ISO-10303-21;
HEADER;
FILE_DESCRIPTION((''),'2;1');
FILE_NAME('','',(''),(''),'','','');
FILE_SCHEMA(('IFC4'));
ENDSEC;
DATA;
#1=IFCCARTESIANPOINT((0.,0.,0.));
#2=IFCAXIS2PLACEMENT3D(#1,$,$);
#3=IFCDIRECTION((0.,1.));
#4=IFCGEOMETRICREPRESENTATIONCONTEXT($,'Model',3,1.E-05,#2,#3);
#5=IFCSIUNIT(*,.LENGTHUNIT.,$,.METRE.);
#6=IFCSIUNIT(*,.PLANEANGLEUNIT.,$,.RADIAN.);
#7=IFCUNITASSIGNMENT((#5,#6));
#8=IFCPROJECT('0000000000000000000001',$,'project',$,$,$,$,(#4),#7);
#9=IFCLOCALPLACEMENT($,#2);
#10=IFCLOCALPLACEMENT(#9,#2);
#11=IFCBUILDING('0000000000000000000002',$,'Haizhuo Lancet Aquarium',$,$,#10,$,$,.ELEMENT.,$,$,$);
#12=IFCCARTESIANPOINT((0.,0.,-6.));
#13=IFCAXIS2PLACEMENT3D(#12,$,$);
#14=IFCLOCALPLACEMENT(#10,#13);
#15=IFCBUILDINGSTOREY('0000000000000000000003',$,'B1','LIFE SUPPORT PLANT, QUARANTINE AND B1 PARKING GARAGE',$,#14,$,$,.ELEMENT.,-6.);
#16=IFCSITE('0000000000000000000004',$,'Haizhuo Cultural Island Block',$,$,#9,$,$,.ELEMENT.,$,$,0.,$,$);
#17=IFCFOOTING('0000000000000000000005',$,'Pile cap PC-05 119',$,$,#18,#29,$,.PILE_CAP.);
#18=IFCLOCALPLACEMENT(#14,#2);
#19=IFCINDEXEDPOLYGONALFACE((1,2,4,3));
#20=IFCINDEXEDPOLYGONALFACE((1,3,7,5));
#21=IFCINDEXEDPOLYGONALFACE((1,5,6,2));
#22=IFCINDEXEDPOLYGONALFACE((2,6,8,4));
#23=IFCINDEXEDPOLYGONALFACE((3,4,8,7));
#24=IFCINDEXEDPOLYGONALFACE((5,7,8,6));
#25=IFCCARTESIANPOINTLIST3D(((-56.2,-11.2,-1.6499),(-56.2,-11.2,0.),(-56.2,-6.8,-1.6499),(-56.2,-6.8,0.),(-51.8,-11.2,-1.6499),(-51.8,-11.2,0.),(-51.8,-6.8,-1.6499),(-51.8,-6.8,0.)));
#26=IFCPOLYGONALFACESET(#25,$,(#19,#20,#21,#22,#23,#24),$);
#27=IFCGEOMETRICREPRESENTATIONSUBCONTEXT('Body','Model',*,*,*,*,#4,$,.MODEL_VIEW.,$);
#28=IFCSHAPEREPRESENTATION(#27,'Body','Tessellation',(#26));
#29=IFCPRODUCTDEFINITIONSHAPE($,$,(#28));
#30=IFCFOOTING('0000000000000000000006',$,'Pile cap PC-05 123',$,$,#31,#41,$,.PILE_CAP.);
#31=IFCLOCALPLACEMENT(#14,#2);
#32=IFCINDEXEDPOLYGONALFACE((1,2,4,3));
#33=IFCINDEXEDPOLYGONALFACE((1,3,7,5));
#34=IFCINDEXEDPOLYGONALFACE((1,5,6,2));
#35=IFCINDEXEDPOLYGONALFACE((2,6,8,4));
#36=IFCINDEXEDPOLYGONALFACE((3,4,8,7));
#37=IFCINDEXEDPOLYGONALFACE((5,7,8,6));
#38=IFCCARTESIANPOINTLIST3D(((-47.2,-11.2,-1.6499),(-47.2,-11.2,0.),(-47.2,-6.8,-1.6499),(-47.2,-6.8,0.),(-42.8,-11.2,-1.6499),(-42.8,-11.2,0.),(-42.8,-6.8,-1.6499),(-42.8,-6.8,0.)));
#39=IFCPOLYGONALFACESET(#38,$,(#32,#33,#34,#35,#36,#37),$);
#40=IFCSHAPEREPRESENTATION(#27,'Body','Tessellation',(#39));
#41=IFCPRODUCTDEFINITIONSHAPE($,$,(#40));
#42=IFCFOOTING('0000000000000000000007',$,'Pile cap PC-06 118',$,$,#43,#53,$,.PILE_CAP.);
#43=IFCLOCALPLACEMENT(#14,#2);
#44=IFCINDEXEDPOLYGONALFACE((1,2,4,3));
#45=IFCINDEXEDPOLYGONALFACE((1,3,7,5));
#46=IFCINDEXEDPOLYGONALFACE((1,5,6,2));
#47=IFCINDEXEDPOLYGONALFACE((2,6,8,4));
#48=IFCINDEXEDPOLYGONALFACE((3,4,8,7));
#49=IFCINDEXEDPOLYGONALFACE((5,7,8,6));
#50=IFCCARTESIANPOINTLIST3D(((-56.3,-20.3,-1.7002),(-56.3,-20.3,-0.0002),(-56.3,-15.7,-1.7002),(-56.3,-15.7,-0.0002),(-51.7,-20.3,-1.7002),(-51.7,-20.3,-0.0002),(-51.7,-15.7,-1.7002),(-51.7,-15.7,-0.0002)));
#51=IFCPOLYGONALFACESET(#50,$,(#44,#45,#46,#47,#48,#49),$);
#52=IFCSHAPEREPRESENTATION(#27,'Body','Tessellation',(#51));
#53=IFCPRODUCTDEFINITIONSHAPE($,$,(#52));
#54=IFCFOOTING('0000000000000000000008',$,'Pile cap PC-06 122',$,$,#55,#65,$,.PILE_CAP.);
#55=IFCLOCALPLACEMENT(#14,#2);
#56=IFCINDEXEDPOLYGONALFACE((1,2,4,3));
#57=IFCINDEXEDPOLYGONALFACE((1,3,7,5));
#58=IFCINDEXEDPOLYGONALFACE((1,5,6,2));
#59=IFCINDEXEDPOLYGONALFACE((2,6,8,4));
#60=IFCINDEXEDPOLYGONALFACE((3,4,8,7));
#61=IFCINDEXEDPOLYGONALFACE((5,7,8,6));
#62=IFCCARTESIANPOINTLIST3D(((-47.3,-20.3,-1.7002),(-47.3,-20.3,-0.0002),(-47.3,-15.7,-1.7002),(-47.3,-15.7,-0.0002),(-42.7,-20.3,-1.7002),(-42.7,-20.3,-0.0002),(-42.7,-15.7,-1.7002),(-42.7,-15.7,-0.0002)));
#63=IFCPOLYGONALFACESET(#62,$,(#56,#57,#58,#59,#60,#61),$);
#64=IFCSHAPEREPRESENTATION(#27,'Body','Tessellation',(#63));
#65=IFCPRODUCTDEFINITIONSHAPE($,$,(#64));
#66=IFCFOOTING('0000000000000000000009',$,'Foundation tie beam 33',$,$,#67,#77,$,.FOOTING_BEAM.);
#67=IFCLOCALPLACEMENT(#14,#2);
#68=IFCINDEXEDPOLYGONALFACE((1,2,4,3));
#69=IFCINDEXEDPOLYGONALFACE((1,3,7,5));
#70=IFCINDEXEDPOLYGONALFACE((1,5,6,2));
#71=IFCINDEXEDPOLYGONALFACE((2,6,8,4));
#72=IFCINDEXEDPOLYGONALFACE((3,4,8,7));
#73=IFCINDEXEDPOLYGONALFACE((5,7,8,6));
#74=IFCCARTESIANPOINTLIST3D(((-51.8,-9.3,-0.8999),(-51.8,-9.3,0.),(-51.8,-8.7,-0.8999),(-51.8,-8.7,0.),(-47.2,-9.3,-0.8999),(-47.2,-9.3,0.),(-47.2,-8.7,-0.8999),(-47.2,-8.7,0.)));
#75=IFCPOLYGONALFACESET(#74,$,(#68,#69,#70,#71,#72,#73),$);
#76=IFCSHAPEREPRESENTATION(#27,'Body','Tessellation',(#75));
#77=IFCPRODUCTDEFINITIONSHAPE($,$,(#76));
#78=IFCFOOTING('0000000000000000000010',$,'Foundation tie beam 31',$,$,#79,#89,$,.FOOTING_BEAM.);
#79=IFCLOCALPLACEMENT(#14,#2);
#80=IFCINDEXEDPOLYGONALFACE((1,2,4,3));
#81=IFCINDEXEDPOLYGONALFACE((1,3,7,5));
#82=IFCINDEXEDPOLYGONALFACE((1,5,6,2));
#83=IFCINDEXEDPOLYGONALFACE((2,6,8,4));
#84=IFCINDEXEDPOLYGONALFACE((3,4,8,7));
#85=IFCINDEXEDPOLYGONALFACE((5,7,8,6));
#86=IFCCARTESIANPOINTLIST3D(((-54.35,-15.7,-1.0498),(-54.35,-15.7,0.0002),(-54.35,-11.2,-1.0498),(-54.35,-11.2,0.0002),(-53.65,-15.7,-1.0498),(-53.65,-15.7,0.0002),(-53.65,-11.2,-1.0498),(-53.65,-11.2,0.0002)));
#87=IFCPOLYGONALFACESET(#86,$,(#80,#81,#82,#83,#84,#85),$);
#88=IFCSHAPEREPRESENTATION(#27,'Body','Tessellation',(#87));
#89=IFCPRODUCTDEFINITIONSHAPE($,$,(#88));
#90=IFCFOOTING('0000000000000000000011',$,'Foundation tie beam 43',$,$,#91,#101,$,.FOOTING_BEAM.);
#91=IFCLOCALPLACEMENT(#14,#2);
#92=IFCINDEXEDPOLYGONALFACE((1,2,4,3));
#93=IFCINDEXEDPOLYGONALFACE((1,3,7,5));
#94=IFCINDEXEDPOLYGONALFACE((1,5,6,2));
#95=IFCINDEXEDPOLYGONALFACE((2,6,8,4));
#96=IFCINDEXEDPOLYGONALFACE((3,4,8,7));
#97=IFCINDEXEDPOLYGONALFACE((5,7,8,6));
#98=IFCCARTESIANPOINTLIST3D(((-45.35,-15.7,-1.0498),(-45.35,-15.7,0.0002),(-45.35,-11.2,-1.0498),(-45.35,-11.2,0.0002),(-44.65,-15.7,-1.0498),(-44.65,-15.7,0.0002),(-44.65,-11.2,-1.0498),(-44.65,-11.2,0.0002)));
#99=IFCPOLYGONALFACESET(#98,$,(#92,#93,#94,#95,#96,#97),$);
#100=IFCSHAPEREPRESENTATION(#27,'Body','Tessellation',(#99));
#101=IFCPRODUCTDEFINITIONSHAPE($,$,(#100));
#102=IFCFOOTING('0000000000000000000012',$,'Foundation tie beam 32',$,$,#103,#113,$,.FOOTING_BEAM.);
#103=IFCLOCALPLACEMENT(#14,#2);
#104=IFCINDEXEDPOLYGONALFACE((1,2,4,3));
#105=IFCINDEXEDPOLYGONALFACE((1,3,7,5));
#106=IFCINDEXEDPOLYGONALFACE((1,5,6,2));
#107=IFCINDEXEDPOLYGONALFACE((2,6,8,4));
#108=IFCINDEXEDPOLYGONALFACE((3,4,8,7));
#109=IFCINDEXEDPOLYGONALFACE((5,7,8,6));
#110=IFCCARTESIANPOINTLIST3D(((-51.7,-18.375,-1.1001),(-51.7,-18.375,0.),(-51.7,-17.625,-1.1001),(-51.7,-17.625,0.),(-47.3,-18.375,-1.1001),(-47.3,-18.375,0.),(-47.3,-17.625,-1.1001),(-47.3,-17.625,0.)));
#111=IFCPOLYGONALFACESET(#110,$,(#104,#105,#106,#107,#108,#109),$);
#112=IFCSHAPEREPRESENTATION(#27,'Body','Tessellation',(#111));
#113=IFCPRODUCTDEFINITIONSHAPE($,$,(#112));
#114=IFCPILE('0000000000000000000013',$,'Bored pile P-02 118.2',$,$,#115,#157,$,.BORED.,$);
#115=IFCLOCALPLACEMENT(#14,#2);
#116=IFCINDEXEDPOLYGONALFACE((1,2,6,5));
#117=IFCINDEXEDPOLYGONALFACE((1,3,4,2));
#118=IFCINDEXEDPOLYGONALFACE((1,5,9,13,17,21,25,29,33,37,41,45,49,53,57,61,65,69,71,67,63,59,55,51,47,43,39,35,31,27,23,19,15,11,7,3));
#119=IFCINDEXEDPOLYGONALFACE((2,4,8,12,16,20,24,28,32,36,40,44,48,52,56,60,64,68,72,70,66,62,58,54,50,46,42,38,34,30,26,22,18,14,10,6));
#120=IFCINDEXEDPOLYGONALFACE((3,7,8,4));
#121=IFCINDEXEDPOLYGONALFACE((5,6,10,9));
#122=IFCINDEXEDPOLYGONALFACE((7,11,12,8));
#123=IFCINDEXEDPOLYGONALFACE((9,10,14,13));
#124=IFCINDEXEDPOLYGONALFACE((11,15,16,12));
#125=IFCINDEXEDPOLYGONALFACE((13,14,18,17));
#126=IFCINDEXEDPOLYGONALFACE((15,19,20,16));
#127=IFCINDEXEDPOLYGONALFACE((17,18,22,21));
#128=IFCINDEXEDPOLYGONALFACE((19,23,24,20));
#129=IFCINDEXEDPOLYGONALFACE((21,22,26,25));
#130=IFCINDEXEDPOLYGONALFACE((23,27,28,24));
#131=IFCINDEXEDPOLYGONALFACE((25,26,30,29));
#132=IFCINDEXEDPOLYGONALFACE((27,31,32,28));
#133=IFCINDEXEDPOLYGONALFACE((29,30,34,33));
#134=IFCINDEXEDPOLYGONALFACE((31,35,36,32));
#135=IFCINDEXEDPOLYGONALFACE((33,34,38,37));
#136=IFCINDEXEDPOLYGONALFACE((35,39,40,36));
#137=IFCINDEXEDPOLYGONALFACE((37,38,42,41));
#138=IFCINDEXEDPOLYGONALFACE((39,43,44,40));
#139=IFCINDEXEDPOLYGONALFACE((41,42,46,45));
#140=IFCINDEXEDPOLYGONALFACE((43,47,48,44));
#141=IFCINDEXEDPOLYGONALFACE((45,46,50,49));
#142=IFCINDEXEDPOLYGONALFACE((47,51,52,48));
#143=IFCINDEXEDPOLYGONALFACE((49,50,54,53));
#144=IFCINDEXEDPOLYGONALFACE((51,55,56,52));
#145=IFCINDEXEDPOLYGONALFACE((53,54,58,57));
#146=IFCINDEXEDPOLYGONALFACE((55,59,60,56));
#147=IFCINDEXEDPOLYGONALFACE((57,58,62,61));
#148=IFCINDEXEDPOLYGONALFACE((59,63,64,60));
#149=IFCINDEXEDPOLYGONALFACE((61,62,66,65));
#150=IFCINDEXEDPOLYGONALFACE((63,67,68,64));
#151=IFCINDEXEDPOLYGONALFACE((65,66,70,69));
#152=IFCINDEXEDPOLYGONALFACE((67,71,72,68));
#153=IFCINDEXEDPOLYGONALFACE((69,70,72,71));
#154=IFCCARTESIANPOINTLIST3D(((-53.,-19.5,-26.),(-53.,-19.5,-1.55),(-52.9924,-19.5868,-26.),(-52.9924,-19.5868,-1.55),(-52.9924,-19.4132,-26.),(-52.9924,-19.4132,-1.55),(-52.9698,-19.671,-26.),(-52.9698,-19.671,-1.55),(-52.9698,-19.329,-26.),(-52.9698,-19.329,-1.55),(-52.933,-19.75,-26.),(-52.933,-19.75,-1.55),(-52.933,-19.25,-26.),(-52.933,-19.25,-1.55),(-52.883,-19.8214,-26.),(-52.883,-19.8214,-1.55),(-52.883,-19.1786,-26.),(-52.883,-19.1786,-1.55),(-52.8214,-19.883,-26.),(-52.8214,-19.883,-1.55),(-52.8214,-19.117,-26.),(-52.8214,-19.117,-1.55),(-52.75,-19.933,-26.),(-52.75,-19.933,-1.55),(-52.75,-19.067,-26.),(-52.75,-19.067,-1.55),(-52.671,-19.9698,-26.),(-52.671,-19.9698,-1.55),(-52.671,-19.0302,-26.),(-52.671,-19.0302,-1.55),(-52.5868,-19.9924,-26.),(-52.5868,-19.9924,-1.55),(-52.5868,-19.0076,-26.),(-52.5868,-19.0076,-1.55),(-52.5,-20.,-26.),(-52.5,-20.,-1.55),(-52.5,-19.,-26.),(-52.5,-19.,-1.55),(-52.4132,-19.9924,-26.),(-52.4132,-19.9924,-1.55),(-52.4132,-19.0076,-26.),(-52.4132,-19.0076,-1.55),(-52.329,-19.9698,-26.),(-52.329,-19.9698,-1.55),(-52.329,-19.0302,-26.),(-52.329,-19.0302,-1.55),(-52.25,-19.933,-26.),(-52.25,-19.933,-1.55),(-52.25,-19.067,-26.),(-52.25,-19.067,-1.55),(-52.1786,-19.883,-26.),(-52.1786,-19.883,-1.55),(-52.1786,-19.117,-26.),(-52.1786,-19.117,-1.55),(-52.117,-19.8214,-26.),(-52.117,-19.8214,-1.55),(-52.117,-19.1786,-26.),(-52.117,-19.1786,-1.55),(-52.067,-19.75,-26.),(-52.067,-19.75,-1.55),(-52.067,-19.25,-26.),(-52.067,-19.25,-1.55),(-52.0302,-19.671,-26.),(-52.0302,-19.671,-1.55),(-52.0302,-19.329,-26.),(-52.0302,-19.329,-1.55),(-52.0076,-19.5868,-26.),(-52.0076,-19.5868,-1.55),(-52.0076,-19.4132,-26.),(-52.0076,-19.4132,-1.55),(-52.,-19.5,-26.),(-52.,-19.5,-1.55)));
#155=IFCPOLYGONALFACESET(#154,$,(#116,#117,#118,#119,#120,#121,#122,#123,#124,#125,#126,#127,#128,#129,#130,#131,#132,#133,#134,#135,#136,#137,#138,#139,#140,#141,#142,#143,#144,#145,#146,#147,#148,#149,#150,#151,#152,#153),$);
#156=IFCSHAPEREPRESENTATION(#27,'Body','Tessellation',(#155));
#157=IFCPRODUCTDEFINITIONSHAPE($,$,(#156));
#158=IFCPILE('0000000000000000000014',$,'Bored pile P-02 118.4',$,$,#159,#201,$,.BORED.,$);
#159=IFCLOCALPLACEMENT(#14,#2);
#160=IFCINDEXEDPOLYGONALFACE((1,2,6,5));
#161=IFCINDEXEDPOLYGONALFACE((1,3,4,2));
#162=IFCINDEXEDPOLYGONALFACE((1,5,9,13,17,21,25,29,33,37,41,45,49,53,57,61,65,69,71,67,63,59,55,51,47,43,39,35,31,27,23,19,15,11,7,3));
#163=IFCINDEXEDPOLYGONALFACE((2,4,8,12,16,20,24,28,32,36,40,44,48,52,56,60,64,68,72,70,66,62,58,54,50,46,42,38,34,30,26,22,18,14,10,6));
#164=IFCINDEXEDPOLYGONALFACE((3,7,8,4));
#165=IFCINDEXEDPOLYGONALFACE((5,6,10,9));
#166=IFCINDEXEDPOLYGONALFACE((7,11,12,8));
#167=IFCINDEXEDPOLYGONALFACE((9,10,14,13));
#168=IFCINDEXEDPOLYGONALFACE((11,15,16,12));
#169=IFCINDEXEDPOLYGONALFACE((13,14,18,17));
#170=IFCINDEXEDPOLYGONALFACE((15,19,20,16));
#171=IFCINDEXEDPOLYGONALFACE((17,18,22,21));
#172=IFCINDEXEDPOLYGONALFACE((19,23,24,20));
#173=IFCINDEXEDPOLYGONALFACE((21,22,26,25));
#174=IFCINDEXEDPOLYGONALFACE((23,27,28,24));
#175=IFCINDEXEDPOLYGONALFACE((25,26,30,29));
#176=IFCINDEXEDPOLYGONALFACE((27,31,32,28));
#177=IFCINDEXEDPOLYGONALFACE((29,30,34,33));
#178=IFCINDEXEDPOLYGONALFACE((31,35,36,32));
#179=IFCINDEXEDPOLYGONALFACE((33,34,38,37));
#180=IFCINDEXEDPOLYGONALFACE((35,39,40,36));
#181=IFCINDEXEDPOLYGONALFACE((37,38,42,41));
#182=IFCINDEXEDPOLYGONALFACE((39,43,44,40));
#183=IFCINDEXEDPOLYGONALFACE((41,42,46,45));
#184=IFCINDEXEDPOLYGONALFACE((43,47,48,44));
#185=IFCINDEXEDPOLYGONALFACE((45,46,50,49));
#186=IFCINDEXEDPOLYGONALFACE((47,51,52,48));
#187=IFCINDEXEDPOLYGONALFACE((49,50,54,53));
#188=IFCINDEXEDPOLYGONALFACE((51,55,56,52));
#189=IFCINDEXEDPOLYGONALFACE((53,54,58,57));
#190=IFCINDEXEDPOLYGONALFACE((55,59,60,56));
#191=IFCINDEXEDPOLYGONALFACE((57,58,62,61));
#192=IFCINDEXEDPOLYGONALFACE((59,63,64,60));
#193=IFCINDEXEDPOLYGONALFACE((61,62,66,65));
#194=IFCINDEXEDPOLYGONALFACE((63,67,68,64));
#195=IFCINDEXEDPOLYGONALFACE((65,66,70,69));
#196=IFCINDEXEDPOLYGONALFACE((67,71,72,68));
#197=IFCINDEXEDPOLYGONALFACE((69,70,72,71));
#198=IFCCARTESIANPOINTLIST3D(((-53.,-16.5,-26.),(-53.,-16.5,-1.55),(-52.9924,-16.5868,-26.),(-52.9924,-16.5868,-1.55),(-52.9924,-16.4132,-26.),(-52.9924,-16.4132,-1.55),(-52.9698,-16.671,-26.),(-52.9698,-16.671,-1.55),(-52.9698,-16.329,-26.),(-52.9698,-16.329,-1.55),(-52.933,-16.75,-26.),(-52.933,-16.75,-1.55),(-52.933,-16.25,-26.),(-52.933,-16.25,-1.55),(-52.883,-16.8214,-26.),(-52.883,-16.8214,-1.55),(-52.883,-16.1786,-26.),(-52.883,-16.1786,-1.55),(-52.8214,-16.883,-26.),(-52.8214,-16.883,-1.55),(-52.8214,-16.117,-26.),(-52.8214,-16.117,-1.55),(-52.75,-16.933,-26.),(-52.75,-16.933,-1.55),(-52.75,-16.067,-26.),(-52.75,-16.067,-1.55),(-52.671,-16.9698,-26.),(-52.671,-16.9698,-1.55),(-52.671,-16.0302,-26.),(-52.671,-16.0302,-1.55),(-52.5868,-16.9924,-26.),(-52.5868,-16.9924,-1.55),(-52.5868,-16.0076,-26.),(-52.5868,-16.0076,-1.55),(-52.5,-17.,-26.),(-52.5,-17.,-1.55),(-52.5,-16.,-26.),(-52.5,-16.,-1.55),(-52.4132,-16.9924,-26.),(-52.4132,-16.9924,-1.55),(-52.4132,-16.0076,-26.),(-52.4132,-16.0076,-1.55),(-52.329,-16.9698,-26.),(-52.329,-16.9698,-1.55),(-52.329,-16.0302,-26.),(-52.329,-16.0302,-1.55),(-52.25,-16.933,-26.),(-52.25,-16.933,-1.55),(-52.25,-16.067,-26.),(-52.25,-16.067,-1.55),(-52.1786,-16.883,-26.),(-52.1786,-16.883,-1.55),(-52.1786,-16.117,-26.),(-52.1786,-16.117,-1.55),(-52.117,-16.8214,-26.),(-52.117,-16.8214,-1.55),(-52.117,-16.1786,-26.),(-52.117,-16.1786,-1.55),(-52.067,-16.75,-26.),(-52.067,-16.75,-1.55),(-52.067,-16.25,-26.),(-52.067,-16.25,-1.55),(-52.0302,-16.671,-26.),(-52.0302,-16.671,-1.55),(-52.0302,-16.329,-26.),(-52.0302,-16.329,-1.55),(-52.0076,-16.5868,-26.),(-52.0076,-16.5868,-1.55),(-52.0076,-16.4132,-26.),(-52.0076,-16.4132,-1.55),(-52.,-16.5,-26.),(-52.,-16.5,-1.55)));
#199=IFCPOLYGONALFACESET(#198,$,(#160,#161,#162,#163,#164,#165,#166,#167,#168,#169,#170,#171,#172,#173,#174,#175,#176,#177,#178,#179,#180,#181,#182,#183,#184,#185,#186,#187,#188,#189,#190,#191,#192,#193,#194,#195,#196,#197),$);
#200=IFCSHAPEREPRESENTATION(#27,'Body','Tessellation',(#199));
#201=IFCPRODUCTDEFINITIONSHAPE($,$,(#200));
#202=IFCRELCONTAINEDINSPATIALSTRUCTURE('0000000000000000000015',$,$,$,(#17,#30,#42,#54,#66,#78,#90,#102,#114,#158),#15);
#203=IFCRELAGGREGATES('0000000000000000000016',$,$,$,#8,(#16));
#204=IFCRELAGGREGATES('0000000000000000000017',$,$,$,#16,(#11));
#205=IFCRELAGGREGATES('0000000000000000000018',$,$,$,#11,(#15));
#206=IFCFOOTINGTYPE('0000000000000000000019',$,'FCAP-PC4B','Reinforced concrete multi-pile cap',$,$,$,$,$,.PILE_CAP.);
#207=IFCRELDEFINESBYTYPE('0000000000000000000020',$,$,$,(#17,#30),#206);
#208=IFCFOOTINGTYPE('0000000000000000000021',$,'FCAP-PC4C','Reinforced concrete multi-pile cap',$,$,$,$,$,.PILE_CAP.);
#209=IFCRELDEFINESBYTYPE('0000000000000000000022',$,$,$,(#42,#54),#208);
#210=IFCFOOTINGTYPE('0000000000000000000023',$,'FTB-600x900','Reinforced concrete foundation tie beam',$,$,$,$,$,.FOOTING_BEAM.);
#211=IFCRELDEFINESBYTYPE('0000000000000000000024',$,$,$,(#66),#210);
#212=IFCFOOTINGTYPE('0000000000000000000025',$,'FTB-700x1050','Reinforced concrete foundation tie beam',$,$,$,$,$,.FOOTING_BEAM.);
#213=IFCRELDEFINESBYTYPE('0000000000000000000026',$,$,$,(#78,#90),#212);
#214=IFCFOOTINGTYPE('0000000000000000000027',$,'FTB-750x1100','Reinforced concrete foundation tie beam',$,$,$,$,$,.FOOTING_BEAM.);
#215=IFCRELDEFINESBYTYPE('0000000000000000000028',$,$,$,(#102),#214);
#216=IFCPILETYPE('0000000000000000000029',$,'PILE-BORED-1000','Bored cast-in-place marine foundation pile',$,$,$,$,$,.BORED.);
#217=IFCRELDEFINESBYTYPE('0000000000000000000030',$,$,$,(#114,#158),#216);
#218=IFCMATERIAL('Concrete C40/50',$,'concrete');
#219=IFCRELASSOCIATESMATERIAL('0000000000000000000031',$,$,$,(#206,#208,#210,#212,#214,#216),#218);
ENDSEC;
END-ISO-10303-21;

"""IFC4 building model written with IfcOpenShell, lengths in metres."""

from ifc_helpers import new_model, si_unit, direction, frame, origin, origin_2d, place, context, subcontext, project, spatial, rectangle, circle, extrude, material, material_profile, profile_set, type_object, element, save


model = new_model("IFC4")

# Units and contexts
model_context = context("Model", 3, precision=1e-05, world=origin(), true_north=direction((0.0, 1.0)))
body_context = subcontext(model_context, "Body", "Model", "MODEL_VIEW")
ifc_project = project(units=[si_unit("LENGTHUNIT", "METRE"), si_unit("PLANEANGLEUNIT", "RADIAN")], contexts=[model_context])

# Site, building, storey
site_placement = place(None, origin())
site = spatial("IfcSite", under=ifc_project, at=site_placement, Name="Haizhuo Cultural Island Block", CompositionType="ELEMENT", RefElevation=0.0)
building_placement = place(site_placement, origin())
building = spatial("IfcBuilding", under=site, at=building_placement, Name="Haizhuo Lancet Aquarium", CompositionType="ELEMENT")
storey_placement = place(building_placement, frame((0.0, 0.0, -6.0)))
storey = spatial("IfcBuildingStorey", under=building, at=storey_placement, Name="B1", Description="LIFE SUPPORT PLANT, QUARANTINE AND B1 PARKING GARAGE", CompositionType="ELEMENT", Elevation=-6.0)

# Footings
ifc_material_1 = material(Name="Concrete C40/50", Category="concrete")
footing_type_1 = type_object("IfcFootingType", Name="FCAP-PC4B", Description="Reinforced concrete multi-pile cap", PredefinedType="PILE_CAP", material=ifc_material_1)
for number, where, z_axis, x_axis, name in (
    (1, (-54.0, -9.0, -1.6499), (0.0, 0.0, 1.0), (1.0, 0.0, 0.0), "Pile cap PC-05 119"),
    (2, (-45.0, -9.0, -1.6499), (0.0, 0.0, 1.0), (1.0, 0.0, 0.0), "Pile cap PC-05 123"),
):
    element("IfcFooting", number, at=place(storey_placement, frame(where, z_axis=z_axis, x_axis=x_axis)), inside=storey, type_object=footing_type_1, Name=name, PredefinedType="PILE_CAP", context=body_context, shape_type="SweptSolid", body=[
        extrude(rectangle(XDim=4.3999, YDim=4.3999, at=origin_2d()), origin(), (0.0, 0.0, 1.0), 1.6499),
    ])
footing_type_2 = type_object("IfcFootingType", Name="FCAP-PC4C", Description="Reinforced concrete multi-pile cap", PredefinedType="PILE_CAP", material=ifc_material_1)
for number, where, z_axis, x_axis, name in (
    (3, (-54.0, -18.0, -1.7002), (0.0, 0.0, 1.0), (1.0, 0.0, 0.0), "Pile cap PC-06 118"),
    (4, (-45.0, -18.0, -1.7002), (0.0, 0.0, 1.0), (1.0, 0.0, 0.0), "Pile cap PC-06 122"),
):
    element("IfcFooting", number, at=place(storey_placement, frame(where, z_axis=z_axis, x_axis=x_axis)), inside=storey, type_object=footing_type_2, Name=name, PredefinedType="PILE_CAP", context=body_context, shape_type="SweptSolid", body=[
        extrude(rectangle(XDim=4.6001, YDim=4.6001, at=origin_2d()), origin(), (0.0, 0.0, 1.0), 1.7),
    ])
footing_type_3 = type_object("IfcFootingType", Name="FTB-600x900", Description="Reinforced concrete foundation tie beam", PredefinedType="FOOTING_BEAM", material=ifc_material_1)
footing_1_placement = place(storey_placement, frame((-49.5, -9.0, -0.8999), z_axis=(0.0, 0.0, 1.0), x_axis=(1.0, 0.0, 0.0)))
element("IfcFooting", 5, at=footing_1_placement, inside=storey, type_object=footing_type_3, Name="Foundation tie beam 33", PredefinedType="FOOTING_BEAM", context=body_context, shape_type="SweptSolid", body=[
    extrude(rectangle(XDim=4.6001, YDim=0.6001, at=origin_2d()), origin(), (0.0, 0.0, 1.0), 0.8999),
])
footing_type_4 = type_object("IfcFootingType", Name="FTB-700x1050", Description="Reinforced concrete foundation tie beam", PredefinedType="FOOTING_BEAM", material=ifc_material_1)
for number, where, z_axis, x_axis, name in (
    (6, (-54.0, -13.45, -1.0498), (0.0, 0.0, 1.0), (0.0, 1.0, 0.0), "Foundation tie beam 31"),
    (7, (-45.0, -13.45, -1.0498), (0.0, 0.0, 1.0), (0.0, 1.0, 0.0), "Foundation tie beam 43"),
):
    element("IfcFooting", number, at=place(storey_placement, frame(where, z_axis=z_axis, x_axis=x_axis)), inside=storey, type_object=footing_type_4, Name=name, PredefinedType="FOOTING_BEAM", context=body_context, shape_type="SweptSolid", body=[
        extrude(rectangle(XDim=4.5, YDim=0.7, at=origin_2d()), origin(), (0.0, 0.0, 1.0), 1.05),
    ])
footing_type_5 = type_object("IfcFootingType", Name="FTB-750x1100", Description="Reinforced concrete foundation tie beam", PredefinedType="FOOTING_BEAM", material=ifc_material_1)
footing_2_placement = place(storey_placement, frame((-49.5, -18.0, -1.1001), z_axis=(0.0, 0.0, 1.0), x_axis=(1.0, 0.0, 0.0)))
element("IfcFooting", 8, at=footing_2_placement, inside=storey, type_object=footing_type_5, Name="Foundation tie beam 32", PredefinedType="FOOTING_BEAM", context=body_context, shape_type="SweptSolid", body=[
    extrude(rectangle(XDim=4.3999, YDim=0.75, at=origin_2d()), origin(), (0.0, 0.0, 1.0), 1.1001),
])

# Piles
ifc_material_profile_1 = material_profile(ifc_material_1, circle(Radius=0.5, at=origin_2d()), Name="PILE-1000")
ifc_profile_set_1 = profile_set([ifc_material_profile_1], Name="Concrete C40/50")
pile_type = type_object("IfcPileType", Name="PILE-BORED-1000", Description="Bored cast-in-place marine foundation pile", PredefinedType="BORED", material=ifc_profile_set_1)
for number, where, z_axis, x_axis, name in (
    (9, (-52.5, -19.5, -1.55), (0.0, 0.0, -1.0), (1.0, 0.0, 0.0), "Bored pile P-02 118.2"),
    (10, (-52.5, -16.5, -1.55), (0.0, 0.0, -1.0), (1.0, 0.0, 0.0), "Bored pile P-02 118.4"),
):
    element("IfcPile", number, at=place(storey_placement, frame(where, z_axis=z_axis, x_axis=x_axis)), inside=storey, type_object=pile_type, Name=name, PredefinedType="BORED", context=body_context, shape_type="SweptSolid", body=[
        extrude(circle(Radius=0.5, at=origin_2d()), origin(), (0.0, 0.0, 1.0), 24.45),
    ])

save(model, "model.ifc")
